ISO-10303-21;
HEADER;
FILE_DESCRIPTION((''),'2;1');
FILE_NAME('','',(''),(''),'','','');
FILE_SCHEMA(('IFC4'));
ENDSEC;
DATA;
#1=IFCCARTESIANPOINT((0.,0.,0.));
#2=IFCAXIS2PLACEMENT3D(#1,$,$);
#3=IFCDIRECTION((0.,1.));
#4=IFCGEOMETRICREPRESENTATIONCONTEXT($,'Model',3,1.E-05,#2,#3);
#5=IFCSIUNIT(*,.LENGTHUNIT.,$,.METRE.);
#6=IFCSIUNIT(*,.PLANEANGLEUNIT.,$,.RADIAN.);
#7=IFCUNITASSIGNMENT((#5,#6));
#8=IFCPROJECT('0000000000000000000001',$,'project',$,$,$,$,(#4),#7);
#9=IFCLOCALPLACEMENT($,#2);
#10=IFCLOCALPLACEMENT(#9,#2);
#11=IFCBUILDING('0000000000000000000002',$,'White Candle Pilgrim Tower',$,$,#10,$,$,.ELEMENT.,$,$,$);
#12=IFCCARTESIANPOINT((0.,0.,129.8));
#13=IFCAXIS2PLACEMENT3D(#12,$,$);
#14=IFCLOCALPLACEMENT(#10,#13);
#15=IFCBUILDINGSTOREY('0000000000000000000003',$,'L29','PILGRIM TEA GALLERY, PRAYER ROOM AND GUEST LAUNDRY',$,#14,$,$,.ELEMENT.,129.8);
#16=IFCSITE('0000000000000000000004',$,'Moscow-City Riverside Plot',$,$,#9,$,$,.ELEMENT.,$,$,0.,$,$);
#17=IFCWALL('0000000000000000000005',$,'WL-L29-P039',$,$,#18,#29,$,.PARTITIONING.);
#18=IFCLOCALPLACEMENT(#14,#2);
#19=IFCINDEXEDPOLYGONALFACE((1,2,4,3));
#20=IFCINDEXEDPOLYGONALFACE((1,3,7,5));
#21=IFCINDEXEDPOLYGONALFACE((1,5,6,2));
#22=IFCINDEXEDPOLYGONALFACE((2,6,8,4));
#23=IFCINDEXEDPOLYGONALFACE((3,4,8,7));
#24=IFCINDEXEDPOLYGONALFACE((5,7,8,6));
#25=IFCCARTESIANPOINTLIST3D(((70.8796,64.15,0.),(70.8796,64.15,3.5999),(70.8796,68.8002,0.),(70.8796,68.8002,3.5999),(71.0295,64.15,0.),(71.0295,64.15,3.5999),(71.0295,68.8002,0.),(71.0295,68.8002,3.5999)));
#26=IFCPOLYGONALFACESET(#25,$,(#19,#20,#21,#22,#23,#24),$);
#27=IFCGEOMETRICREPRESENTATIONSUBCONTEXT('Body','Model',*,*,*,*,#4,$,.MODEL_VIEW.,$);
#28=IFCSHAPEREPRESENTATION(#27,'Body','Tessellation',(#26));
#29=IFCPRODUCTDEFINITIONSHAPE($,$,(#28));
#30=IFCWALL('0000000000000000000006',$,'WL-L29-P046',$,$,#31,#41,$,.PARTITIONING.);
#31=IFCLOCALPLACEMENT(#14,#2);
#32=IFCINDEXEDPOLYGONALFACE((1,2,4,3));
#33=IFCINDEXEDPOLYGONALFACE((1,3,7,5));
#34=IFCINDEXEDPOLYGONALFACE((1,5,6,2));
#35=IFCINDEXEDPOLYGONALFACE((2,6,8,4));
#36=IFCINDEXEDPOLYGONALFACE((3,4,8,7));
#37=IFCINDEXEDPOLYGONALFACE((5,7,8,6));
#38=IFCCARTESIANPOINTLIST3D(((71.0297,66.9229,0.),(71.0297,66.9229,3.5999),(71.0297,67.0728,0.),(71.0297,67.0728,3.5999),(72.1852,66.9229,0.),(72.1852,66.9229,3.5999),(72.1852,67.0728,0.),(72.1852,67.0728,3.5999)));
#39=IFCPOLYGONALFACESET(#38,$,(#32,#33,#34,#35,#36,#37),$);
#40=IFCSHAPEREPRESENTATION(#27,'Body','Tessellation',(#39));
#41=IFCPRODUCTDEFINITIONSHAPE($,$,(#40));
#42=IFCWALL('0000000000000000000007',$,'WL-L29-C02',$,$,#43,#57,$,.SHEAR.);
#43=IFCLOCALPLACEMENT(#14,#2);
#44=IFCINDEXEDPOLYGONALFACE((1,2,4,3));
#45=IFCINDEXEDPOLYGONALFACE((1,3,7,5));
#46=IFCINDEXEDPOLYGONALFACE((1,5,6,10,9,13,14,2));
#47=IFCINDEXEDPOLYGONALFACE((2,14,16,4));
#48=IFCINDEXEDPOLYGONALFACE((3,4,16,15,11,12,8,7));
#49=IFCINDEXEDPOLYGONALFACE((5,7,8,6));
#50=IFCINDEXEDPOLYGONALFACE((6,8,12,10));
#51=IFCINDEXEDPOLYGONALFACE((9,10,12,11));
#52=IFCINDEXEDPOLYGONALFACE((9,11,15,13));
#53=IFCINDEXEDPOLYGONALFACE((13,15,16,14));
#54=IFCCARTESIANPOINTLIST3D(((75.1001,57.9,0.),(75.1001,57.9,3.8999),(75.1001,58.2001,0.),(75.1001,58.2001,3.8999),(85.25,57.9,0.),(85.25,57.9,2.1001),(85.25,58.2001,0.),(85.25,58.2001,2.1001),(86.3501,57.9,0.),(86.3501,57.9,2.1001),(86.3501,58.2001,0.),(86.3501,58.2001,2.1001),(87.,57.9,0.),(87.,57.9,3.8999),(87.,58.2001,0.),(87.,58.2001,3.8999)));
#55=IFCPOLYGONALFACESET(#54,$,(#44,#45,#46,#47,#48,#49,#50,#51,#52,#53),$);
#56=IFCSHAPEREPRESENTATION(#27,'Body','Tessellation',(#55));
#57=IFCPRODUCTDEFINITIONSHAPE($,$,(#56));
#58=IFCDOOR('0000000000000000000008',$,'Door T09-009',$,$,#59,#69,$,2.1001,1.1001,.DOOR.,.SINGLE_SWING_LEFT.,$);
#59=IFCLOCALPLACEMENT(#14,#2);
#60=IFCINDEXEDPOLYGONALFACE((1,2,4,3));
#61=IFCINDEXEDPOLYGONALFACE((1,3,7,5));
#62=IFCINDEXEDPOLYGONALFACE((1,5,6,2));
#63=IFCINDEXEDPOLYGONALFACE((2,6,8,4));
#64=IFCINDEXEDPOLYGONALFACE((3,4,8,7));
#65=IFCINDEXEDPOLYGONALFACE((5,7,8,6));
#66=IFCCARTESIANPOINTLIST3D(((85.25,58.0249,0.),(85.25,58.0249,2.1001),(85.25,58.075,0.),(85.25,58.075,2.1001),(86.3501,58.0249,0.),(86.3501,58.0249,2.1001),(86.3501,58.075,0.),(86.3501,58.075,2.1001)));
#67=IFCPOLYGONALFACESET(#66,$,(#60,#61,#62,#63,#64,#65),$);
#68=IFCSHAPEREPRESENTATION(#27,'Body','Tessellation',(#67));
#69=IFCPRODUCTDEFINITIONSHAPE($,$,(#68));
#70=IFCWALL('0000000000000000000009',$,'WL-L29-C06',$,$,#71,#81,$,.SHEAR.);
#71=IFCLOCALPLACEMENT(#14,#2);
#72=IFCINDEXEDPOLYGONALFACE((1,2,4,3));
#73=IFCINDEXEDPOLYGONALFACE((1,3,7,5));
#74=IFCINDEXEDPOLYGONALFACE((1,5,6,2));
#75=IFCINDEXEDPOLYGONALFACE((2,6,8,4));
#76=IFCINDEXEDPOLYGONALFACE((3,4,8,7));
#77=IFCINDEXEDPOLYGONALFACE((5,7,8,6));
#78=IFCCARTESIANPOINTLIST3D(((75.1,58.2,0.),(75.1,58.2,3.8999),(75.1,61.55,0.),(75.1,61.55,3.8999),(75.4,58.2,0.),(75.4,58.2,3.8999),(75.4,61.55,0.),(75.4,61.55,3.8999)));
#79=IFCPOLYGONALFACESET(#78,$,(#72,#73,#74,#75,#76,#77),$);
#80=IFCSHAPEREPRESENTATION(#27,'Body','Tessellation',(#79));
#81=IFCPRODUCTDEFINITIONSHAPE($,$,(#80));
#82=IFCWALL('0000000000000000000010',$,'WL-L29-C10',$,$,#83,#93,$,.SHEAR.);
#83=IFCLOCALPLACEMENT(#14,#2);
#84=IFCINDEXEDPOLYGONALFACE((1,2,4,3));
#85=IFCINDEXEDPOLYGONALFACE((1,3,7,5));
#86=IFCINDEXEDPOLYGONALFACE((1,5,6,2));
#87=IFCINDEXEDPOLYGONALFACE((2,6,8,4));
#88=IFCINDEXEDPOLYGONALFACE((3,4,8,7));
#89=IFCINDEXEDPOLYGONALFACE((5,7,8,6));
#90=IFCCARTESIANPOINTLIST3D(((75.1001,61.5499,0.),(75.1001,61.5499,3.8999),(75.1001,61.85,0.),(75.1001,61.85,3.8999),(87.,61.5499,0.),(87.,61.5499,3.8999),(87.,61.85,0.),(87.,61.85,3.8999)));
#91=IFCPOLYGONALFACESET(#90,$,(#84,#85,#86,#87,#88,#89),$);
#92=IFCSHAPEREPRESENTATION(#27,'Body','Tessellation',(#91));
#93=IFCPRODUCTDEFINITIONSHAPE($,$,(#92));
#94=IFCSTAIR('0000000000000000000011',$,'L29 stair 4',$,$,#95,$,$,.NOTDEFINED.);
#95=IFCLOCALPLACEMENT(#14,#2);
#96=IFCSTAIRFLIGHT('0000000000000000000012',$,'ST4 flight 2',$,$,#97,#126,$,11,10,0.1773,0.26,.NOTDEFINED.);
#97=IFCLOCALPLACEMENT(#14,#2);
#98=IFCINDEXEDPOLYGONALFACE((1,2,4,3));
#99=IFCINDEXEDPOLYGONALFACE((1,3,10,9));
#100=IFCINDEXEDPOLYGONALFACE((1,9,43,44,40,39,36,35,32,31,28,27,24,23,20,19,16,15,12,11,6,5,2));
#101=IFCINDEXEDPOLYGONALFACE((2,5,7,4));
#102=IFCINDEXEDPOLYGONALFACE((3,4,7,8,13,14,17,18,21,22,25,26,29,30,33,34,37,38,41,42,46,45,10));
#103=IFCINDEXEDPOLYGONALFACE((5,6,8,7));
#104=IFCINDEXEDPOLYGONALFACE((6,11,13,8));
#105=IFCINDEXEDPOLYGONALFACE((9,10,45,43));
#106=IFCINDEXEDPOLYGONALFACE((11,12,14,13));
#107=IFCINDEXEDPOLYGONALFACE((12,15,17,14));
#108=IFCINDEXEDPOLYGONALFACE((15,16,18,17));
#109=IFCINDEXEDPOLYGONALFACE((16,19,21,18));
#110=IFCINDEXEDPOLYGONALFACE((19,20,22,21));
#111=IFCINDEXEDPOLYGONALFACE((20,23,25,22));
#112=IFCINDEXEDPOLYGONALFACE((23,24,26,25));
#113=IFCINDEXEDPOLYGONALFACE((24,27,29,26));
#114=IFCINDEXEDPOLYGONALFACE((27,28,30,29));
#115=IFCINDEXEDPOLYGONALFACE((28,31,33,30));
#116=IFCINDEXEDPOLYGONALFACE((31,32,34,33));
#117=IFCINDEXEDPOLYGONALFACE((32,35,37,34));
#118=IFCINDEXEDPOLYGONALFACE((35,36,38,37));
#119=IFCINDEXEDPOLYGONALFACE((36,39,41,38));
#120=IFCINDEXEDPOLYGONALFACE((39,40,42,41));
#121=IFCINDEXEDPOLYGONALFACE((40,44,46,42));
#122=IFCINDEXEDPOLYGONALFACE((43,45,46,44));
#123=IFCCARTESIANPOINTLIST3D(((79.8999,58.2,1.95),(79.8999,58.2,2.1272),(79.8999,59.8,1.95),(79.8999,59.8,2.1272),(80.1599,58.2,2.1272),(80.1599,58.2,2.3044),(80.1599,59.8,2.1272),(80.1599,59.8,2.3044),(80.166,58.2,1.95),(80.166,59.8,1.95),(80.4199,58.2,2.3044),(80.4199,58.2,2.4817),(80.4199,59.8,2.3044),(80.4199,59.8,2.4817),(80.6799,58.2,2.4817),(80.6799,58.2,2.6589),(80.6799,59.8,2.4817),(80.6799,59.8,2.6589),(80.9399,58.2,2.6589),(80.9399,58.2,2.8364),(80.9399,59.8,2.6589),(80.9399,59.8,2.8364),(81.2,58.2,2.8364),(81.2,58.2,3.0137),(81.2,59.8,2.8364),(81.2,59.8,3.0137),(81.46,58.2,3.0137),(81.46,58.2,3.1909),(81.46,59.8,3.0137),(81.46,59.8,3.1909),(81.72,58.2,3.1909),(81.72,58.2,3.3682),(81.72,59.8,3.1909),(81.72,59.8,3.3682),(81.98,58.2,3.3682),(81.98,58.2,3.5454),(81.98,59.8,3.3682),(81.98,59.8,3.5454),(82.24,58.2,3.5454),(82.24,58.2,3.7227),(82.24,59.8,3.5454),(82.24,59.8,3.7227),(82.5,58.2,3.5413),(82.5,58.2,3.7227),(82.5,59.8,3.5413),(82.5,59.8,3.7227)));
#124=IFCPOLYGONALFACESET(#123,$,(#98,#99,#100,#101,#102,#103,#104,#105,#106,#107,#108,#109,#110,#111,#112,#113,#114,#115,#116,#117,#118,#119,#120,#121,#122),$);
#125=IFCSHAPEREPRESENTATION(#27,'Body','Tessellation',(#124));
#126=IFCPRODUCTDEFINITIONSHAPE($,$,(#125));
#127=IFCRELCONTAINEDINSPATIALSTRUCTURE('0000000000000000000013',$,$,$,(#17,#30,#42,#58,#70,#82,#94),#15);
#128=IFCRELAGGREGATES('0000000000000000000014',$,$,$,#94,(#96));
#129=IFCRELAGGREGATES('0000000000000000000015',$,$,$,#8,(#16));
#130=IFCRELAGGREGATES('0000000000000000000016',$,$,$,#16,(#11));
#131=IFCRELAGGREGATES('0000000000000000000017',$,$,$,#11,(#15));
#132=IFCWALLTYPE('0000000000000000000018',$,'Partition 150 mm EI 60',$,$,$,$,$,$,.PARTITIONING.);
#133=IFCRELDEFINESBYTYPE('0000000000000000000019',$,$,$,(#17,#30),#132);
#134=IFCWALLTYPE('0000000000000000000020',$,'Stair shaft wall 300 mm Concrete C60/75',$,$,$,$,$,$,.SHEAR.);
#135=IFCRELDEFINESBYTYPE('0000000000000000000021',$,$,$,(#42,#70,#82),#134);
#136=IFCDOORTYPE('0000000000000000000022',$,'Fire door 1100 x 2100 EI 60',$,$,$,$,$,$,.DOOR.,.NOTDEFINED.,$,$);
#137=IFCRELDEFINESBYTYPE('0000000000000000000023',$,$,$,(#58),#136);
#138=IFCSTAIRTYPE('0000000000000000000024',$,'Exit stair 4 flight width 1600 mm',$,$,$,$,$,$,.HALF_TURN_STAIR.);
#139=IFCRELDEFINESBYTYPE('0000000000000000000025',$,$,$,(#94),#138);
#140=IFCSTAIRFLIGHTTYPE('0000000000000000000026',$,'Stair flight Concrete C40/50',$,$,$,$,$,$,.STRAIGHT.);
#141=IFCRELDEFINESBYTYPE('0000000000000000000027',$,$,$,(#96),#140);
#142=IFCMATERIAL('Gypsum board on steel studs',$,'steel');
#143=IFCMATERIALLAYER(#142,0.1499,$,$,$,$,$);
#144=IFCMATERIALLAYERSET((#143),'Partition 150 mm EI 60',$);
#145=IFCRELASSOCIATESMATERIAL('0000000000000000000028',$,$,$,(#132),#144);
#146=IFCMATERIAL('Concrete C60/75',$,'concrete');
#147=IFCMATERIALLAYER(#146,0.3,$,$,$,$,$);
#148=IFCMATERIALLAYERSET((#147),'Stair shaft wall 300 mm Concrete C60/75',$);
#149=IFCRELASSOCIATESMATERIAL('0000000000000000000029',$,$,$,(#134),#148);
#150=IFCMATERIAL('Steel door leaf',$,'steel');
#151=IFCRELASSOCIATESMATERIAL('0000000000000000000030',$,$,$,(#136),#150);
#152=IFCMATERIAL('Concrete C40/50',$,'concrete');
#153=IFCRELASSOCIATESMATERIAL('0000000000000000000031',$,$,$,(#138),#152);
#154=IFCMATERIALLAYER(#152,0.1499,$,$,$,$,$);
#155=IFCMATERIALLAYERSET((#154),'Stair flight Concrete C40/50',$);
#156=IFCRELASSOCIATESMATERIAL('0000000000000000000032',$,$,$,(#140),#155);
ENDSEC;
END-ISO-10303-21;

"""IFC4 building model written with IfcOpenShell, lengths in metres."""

from ifc_helpers import new_model, si_unit, direction, frame, frame_2d, origin, place, context, subcontext, project, spatial, polyline, rectangle, outline, extrude, material, layer, layer_set, type_object, element, fill, aggregate, save


model = new_model("IFC4")

# Units and contexts
model_context = context("Model", 3, precision=1e-05, world=origin(), true_north=direction((0.0, 1.0)))
body_context = subcontext(model_context, "Body", "Model", "MODEL_VIEW")
ifc_project = project(units=[si_unit("LENGTHUNIT", "METRE"), si_unit("PLANEANGLEUNIT", "RADIAN")], contexts=[model_context])

# Site, building, storey
site_placement = place(None, origin())
site = spatial("IfcSite", under=ifc_project, at=site_placement, Name="Moscow-City Riverside Plot", CompositionType="ELEMENT", RefElevation=0.0)
building_placement = place(site_placement, origin())
building = spatial("IfcBuilding", under=site, at=building_placement, Name="White Candle Pilgrim Tower", CompositionType="ELEMENT")
storey_placement = place(building_placement, frame((0.0, 0.0, 129.8)))
storey = spatial("IfcBuildingStorey", under=building, at=storey_placement, Name="L29", Description="PILGRIM TEA GALLERY, PRAYER ROOM AND GUEST LAUNDRY", CompositionType="ELEMENT", Elevation=129.8)

# Shared definitions
ifc_material_1 = material(Name="Gypsum board on steel studs", Category="steel")
ifc_material_2 = material(Name="Steel door leaf", Category="steel")

# Walls
ifc_layer_1 = layer(ifc_material_1, 0.1499)
ifc_layer_set_1 = layer_set([ifc_layer_1], Name="Partition 150 mm EI 60")
wall_type_1 = type_object("IfcWallType", Name="Partition 150 mm EI 60", PredefinedType="PARTITIONING", material=ifc_layer_set_1)
wall_1_placement = place(storey_placement, frame((70.9546, 64.1499, 0.0), z_axis=(0.0, 0.0, 1.0), x_axis=(0.0, 1.0, 0.0)))
element("IfcWall", 1, at=wall_1_placement, inside=storey, type_object=wall_type_1, Name="WL-L29-P039", PredefinedType="PARTITIONING", context=body_context, shape_type="SweptSolid", body=[
    extrude(rectangle(XDim=4.6501, YDim=0.1499, at=frame_2d((2.3252, 0.0))), origin(), (0.0, 0.0, 1.0), 3.5999),
])
wall_2_placement = place(storey_placement, frame((72.1851, 66.9978, 0.0), z_axis=(0.0, 0.0, 1.0), x_axis=(-1.0, 0.0, 0.0)))
element("IfcWall", 2, at=wall_2_placement, inside=storey, type_object=wall_type_1, Name="WL-L29-P046", PredefinedType="PARTITIONING", context=body_context, shape_type="SweptSolid", body=[
    extrude(rectangle(XDim=1.1555, YDim=0.1499, at=frame_2d((0.5776, 0.0))), origin(), (0.0, 0.0, 1.0), 3.5999),
])

# Wall, opening, door
ifc_material_3 = material(Name="Concrete C60/75", Category="concrete")
ifc_layer_2 = layer(ifc_material_3, 0.3)
ifc_layer_set_2 = layer_set([ifc_layer_2], Name="Stair shaft wall 300 mm Concrete C60/75")
wall_type_2 = type_object("IfcWallType", Name="Stair shaft wall 300 mm Concrete C60/75", PredefinedType="SHEAR", material=ifc_layer_set_2)
wall_3_placement = place(storey_placement, frame((75.1001, 58.05, 0.0), z_axis=(0.0, 0.0, 1.0), x_axis=(1.0, 0.0, 0.0)))
wall_3 = element("IfcWall", 3, at=wall_3_placement, inside=storey, type_object=wall_type_2, Name="WL-L29-C02", PredefinedType="SHEAR", context=body_context, shape_type="SweptSolid", body=[
    extrude(rectangle(XDim=11.8999, YDim=0.3, at=frame_2d((5.95, 0.0))), origin(), (0.0, 0.0, 1.0), 3.8999),
])
opening_1_placement = place(wall_3_placement, frame((10.1499, 0.0, 0.0)))
opening_1 = element("IfcOpeningElement", 4, at=opening_1_placement, cuts=wall_3, PredefinedType="OPENING", context=body_context, shape_type="SweptSolid", body=[
    extrude(rectangle(XDim=1.1001, YDim=2.1001, at=frame_2d((0.55, 1.05))), frame((0.0, 0.1599, 0.0), z_axis=(0.0, -1.0, 0.0), x_axis=(1.0, 0.0, 0.0)), (0.0, 0.0, 1.0), 0.3201),
])
door_type_1 = type_object("IfcDoorType", Name="Fire door 1100 x 2100 EI 60", OperationType="NOTDEFINED", PredefinedType="DOOR", material=ifc_material_2)
door_1_placement = place(opening_1_placement, origin())
door_1 = element("IfcDoor", 5, at=door_1_placement, inside=storey, type_object=door_type_1, Name="Door T09-009", OperationType="SINGLE_SWING_LEFT", OverallHeight=2.1001, OverallWidth=1.1001, PredefinedType="DOOR", context=body_context, shape_type="SweptSolid", body=[
    extrude(rectangle(XDim=1.1001, YDim=2.1001, at=frame_2d((0.55, 1.05))), frame((0.0, 0.0249, 0.0), z_axis=(0.0, -1.0, 0.0), x_axis=(1.0, 0.0, 0.0)), (0.0, 0.0, 1.0), 0.05),
])
fill(opening_1, door_1)

# Walls
wall_4_placement = place(storey_placement, frame((75.25, 58.2, 0.0), z_axis=(0.0, 0.0, 1.0), x_axis=(0.0, 1.0, 0.0)))
element("IfcWall", 6, at=wall_4_placement, inside=storey, type_object=wall_type_2, Name="WL-L29-C06", PredefinedType="SHEAR", context=body_context, shape_type="SweptSolid", body=[
    extrude(rectangle(XDim=3.3501, YDim=0.3, at=frame_2d((1.675, 0.0))), origin(), (0.0, 0.0, 1.0), 3.8999),
])
wall_5_placement = place(storey_placement, frame((75.1001, 61.7, 0.0), z_axis=(0.0, 0.0, 1.0), x_axis=(1.0, 0.0, 0.0)))
element("IfcWall", 7, at=wall_5_placement, inside=storey, type_object=wall_type_2, Name="WL-L29-C10", PredefinedType="SHEAR", context=body_context, shape_type="SweptSolid", body=[
    extrude(rectangle(XDim=11.8999, YDim=0.3, at=frame_2d((5.95, 0.0))), origin(), (0.0, 0.0, 1.0), 3.8999),
])

# Stair, stair flight
ifc_material_4 = material(Name="Concrete C40/50", Category="concrete")
stair_type = type_object("IfcStairType", Name="Exit stair 4 flight width 1600 mm", PredefinedType="HALF_TURN_STAIR", material=ifc_material_4)
stair_placement = place(storey_placement, origin())
stair = element("IfcStair", 8, at=stair_placement, inside=storey, type_object=stair_type, Name="L29 stair 4", PredefinedType="NOTDEFINED")
ifc_layer_3 = layer(ifc_material_4, 0.1499)
ifc_layer_set_3 = layer_set([ifc_layer_3], Name="Stair flight Concrete C40/50")
stair_flight_type = type_object("IfcStairFlightType", Name="Stair flight Concrete C40/50", PredefinedType="STRAIGHT", material=ifc_layer_set_3)
stair_flight_placement = place(storey_placement, frame((79.8999, 59.0, 1.95), z_axis=(0.0, 0.0, 1.0), x_axis=(1.0, 0.0, 0.0)))
stair_flight = element("IfcStairFlight", 9, at=stair_flight_placement, type_object=stair_flight_type, Name="ST4 flight 2", NumberOfRisers=11, NumberOfTreads=10, PredefinedType="NOTDEFINED", RiserHeight=0.1773, TreadLength=0.26, context=body_context, shape_type="SweptSolid", body=[
    extrude(outline(polyline([(0.0, 0.0), (0.0, 0.1772), (0.26, 0.1772), (0.26, 0.3545), (0.52, 0.3545), (0.52, 0.5317), (0.78, 0.5317), (0.78, 0.709), (1.04, 0.709), (1.04, 0.8865), (1.3, 0.8865), (1.3, 1.0637), (1.5601, 1.0637), (1.5601, 1.241), (1.8201, 1.241), (1.8201, 1.4182), (2.0801, 1.4182), (2.0801, 1.5955), (2.3401, 1.5955), (2.3401, 1.7727), (2.6001, 1.7727), (2.6001, 1.95), (2.6001, 1.5913), (0.2661, 0.0), (0.0, 0.0)])), frame((0.0, 0.8, 0.0), z_axis=(0.0, -1.0, 0.0), x_axis=(1.0, 0.0, 0.0)), (0.0, 0.0, 1.0), 1.6001),
])
aggregate(stair, [stair_flight])

save(model, "model.ifc")
